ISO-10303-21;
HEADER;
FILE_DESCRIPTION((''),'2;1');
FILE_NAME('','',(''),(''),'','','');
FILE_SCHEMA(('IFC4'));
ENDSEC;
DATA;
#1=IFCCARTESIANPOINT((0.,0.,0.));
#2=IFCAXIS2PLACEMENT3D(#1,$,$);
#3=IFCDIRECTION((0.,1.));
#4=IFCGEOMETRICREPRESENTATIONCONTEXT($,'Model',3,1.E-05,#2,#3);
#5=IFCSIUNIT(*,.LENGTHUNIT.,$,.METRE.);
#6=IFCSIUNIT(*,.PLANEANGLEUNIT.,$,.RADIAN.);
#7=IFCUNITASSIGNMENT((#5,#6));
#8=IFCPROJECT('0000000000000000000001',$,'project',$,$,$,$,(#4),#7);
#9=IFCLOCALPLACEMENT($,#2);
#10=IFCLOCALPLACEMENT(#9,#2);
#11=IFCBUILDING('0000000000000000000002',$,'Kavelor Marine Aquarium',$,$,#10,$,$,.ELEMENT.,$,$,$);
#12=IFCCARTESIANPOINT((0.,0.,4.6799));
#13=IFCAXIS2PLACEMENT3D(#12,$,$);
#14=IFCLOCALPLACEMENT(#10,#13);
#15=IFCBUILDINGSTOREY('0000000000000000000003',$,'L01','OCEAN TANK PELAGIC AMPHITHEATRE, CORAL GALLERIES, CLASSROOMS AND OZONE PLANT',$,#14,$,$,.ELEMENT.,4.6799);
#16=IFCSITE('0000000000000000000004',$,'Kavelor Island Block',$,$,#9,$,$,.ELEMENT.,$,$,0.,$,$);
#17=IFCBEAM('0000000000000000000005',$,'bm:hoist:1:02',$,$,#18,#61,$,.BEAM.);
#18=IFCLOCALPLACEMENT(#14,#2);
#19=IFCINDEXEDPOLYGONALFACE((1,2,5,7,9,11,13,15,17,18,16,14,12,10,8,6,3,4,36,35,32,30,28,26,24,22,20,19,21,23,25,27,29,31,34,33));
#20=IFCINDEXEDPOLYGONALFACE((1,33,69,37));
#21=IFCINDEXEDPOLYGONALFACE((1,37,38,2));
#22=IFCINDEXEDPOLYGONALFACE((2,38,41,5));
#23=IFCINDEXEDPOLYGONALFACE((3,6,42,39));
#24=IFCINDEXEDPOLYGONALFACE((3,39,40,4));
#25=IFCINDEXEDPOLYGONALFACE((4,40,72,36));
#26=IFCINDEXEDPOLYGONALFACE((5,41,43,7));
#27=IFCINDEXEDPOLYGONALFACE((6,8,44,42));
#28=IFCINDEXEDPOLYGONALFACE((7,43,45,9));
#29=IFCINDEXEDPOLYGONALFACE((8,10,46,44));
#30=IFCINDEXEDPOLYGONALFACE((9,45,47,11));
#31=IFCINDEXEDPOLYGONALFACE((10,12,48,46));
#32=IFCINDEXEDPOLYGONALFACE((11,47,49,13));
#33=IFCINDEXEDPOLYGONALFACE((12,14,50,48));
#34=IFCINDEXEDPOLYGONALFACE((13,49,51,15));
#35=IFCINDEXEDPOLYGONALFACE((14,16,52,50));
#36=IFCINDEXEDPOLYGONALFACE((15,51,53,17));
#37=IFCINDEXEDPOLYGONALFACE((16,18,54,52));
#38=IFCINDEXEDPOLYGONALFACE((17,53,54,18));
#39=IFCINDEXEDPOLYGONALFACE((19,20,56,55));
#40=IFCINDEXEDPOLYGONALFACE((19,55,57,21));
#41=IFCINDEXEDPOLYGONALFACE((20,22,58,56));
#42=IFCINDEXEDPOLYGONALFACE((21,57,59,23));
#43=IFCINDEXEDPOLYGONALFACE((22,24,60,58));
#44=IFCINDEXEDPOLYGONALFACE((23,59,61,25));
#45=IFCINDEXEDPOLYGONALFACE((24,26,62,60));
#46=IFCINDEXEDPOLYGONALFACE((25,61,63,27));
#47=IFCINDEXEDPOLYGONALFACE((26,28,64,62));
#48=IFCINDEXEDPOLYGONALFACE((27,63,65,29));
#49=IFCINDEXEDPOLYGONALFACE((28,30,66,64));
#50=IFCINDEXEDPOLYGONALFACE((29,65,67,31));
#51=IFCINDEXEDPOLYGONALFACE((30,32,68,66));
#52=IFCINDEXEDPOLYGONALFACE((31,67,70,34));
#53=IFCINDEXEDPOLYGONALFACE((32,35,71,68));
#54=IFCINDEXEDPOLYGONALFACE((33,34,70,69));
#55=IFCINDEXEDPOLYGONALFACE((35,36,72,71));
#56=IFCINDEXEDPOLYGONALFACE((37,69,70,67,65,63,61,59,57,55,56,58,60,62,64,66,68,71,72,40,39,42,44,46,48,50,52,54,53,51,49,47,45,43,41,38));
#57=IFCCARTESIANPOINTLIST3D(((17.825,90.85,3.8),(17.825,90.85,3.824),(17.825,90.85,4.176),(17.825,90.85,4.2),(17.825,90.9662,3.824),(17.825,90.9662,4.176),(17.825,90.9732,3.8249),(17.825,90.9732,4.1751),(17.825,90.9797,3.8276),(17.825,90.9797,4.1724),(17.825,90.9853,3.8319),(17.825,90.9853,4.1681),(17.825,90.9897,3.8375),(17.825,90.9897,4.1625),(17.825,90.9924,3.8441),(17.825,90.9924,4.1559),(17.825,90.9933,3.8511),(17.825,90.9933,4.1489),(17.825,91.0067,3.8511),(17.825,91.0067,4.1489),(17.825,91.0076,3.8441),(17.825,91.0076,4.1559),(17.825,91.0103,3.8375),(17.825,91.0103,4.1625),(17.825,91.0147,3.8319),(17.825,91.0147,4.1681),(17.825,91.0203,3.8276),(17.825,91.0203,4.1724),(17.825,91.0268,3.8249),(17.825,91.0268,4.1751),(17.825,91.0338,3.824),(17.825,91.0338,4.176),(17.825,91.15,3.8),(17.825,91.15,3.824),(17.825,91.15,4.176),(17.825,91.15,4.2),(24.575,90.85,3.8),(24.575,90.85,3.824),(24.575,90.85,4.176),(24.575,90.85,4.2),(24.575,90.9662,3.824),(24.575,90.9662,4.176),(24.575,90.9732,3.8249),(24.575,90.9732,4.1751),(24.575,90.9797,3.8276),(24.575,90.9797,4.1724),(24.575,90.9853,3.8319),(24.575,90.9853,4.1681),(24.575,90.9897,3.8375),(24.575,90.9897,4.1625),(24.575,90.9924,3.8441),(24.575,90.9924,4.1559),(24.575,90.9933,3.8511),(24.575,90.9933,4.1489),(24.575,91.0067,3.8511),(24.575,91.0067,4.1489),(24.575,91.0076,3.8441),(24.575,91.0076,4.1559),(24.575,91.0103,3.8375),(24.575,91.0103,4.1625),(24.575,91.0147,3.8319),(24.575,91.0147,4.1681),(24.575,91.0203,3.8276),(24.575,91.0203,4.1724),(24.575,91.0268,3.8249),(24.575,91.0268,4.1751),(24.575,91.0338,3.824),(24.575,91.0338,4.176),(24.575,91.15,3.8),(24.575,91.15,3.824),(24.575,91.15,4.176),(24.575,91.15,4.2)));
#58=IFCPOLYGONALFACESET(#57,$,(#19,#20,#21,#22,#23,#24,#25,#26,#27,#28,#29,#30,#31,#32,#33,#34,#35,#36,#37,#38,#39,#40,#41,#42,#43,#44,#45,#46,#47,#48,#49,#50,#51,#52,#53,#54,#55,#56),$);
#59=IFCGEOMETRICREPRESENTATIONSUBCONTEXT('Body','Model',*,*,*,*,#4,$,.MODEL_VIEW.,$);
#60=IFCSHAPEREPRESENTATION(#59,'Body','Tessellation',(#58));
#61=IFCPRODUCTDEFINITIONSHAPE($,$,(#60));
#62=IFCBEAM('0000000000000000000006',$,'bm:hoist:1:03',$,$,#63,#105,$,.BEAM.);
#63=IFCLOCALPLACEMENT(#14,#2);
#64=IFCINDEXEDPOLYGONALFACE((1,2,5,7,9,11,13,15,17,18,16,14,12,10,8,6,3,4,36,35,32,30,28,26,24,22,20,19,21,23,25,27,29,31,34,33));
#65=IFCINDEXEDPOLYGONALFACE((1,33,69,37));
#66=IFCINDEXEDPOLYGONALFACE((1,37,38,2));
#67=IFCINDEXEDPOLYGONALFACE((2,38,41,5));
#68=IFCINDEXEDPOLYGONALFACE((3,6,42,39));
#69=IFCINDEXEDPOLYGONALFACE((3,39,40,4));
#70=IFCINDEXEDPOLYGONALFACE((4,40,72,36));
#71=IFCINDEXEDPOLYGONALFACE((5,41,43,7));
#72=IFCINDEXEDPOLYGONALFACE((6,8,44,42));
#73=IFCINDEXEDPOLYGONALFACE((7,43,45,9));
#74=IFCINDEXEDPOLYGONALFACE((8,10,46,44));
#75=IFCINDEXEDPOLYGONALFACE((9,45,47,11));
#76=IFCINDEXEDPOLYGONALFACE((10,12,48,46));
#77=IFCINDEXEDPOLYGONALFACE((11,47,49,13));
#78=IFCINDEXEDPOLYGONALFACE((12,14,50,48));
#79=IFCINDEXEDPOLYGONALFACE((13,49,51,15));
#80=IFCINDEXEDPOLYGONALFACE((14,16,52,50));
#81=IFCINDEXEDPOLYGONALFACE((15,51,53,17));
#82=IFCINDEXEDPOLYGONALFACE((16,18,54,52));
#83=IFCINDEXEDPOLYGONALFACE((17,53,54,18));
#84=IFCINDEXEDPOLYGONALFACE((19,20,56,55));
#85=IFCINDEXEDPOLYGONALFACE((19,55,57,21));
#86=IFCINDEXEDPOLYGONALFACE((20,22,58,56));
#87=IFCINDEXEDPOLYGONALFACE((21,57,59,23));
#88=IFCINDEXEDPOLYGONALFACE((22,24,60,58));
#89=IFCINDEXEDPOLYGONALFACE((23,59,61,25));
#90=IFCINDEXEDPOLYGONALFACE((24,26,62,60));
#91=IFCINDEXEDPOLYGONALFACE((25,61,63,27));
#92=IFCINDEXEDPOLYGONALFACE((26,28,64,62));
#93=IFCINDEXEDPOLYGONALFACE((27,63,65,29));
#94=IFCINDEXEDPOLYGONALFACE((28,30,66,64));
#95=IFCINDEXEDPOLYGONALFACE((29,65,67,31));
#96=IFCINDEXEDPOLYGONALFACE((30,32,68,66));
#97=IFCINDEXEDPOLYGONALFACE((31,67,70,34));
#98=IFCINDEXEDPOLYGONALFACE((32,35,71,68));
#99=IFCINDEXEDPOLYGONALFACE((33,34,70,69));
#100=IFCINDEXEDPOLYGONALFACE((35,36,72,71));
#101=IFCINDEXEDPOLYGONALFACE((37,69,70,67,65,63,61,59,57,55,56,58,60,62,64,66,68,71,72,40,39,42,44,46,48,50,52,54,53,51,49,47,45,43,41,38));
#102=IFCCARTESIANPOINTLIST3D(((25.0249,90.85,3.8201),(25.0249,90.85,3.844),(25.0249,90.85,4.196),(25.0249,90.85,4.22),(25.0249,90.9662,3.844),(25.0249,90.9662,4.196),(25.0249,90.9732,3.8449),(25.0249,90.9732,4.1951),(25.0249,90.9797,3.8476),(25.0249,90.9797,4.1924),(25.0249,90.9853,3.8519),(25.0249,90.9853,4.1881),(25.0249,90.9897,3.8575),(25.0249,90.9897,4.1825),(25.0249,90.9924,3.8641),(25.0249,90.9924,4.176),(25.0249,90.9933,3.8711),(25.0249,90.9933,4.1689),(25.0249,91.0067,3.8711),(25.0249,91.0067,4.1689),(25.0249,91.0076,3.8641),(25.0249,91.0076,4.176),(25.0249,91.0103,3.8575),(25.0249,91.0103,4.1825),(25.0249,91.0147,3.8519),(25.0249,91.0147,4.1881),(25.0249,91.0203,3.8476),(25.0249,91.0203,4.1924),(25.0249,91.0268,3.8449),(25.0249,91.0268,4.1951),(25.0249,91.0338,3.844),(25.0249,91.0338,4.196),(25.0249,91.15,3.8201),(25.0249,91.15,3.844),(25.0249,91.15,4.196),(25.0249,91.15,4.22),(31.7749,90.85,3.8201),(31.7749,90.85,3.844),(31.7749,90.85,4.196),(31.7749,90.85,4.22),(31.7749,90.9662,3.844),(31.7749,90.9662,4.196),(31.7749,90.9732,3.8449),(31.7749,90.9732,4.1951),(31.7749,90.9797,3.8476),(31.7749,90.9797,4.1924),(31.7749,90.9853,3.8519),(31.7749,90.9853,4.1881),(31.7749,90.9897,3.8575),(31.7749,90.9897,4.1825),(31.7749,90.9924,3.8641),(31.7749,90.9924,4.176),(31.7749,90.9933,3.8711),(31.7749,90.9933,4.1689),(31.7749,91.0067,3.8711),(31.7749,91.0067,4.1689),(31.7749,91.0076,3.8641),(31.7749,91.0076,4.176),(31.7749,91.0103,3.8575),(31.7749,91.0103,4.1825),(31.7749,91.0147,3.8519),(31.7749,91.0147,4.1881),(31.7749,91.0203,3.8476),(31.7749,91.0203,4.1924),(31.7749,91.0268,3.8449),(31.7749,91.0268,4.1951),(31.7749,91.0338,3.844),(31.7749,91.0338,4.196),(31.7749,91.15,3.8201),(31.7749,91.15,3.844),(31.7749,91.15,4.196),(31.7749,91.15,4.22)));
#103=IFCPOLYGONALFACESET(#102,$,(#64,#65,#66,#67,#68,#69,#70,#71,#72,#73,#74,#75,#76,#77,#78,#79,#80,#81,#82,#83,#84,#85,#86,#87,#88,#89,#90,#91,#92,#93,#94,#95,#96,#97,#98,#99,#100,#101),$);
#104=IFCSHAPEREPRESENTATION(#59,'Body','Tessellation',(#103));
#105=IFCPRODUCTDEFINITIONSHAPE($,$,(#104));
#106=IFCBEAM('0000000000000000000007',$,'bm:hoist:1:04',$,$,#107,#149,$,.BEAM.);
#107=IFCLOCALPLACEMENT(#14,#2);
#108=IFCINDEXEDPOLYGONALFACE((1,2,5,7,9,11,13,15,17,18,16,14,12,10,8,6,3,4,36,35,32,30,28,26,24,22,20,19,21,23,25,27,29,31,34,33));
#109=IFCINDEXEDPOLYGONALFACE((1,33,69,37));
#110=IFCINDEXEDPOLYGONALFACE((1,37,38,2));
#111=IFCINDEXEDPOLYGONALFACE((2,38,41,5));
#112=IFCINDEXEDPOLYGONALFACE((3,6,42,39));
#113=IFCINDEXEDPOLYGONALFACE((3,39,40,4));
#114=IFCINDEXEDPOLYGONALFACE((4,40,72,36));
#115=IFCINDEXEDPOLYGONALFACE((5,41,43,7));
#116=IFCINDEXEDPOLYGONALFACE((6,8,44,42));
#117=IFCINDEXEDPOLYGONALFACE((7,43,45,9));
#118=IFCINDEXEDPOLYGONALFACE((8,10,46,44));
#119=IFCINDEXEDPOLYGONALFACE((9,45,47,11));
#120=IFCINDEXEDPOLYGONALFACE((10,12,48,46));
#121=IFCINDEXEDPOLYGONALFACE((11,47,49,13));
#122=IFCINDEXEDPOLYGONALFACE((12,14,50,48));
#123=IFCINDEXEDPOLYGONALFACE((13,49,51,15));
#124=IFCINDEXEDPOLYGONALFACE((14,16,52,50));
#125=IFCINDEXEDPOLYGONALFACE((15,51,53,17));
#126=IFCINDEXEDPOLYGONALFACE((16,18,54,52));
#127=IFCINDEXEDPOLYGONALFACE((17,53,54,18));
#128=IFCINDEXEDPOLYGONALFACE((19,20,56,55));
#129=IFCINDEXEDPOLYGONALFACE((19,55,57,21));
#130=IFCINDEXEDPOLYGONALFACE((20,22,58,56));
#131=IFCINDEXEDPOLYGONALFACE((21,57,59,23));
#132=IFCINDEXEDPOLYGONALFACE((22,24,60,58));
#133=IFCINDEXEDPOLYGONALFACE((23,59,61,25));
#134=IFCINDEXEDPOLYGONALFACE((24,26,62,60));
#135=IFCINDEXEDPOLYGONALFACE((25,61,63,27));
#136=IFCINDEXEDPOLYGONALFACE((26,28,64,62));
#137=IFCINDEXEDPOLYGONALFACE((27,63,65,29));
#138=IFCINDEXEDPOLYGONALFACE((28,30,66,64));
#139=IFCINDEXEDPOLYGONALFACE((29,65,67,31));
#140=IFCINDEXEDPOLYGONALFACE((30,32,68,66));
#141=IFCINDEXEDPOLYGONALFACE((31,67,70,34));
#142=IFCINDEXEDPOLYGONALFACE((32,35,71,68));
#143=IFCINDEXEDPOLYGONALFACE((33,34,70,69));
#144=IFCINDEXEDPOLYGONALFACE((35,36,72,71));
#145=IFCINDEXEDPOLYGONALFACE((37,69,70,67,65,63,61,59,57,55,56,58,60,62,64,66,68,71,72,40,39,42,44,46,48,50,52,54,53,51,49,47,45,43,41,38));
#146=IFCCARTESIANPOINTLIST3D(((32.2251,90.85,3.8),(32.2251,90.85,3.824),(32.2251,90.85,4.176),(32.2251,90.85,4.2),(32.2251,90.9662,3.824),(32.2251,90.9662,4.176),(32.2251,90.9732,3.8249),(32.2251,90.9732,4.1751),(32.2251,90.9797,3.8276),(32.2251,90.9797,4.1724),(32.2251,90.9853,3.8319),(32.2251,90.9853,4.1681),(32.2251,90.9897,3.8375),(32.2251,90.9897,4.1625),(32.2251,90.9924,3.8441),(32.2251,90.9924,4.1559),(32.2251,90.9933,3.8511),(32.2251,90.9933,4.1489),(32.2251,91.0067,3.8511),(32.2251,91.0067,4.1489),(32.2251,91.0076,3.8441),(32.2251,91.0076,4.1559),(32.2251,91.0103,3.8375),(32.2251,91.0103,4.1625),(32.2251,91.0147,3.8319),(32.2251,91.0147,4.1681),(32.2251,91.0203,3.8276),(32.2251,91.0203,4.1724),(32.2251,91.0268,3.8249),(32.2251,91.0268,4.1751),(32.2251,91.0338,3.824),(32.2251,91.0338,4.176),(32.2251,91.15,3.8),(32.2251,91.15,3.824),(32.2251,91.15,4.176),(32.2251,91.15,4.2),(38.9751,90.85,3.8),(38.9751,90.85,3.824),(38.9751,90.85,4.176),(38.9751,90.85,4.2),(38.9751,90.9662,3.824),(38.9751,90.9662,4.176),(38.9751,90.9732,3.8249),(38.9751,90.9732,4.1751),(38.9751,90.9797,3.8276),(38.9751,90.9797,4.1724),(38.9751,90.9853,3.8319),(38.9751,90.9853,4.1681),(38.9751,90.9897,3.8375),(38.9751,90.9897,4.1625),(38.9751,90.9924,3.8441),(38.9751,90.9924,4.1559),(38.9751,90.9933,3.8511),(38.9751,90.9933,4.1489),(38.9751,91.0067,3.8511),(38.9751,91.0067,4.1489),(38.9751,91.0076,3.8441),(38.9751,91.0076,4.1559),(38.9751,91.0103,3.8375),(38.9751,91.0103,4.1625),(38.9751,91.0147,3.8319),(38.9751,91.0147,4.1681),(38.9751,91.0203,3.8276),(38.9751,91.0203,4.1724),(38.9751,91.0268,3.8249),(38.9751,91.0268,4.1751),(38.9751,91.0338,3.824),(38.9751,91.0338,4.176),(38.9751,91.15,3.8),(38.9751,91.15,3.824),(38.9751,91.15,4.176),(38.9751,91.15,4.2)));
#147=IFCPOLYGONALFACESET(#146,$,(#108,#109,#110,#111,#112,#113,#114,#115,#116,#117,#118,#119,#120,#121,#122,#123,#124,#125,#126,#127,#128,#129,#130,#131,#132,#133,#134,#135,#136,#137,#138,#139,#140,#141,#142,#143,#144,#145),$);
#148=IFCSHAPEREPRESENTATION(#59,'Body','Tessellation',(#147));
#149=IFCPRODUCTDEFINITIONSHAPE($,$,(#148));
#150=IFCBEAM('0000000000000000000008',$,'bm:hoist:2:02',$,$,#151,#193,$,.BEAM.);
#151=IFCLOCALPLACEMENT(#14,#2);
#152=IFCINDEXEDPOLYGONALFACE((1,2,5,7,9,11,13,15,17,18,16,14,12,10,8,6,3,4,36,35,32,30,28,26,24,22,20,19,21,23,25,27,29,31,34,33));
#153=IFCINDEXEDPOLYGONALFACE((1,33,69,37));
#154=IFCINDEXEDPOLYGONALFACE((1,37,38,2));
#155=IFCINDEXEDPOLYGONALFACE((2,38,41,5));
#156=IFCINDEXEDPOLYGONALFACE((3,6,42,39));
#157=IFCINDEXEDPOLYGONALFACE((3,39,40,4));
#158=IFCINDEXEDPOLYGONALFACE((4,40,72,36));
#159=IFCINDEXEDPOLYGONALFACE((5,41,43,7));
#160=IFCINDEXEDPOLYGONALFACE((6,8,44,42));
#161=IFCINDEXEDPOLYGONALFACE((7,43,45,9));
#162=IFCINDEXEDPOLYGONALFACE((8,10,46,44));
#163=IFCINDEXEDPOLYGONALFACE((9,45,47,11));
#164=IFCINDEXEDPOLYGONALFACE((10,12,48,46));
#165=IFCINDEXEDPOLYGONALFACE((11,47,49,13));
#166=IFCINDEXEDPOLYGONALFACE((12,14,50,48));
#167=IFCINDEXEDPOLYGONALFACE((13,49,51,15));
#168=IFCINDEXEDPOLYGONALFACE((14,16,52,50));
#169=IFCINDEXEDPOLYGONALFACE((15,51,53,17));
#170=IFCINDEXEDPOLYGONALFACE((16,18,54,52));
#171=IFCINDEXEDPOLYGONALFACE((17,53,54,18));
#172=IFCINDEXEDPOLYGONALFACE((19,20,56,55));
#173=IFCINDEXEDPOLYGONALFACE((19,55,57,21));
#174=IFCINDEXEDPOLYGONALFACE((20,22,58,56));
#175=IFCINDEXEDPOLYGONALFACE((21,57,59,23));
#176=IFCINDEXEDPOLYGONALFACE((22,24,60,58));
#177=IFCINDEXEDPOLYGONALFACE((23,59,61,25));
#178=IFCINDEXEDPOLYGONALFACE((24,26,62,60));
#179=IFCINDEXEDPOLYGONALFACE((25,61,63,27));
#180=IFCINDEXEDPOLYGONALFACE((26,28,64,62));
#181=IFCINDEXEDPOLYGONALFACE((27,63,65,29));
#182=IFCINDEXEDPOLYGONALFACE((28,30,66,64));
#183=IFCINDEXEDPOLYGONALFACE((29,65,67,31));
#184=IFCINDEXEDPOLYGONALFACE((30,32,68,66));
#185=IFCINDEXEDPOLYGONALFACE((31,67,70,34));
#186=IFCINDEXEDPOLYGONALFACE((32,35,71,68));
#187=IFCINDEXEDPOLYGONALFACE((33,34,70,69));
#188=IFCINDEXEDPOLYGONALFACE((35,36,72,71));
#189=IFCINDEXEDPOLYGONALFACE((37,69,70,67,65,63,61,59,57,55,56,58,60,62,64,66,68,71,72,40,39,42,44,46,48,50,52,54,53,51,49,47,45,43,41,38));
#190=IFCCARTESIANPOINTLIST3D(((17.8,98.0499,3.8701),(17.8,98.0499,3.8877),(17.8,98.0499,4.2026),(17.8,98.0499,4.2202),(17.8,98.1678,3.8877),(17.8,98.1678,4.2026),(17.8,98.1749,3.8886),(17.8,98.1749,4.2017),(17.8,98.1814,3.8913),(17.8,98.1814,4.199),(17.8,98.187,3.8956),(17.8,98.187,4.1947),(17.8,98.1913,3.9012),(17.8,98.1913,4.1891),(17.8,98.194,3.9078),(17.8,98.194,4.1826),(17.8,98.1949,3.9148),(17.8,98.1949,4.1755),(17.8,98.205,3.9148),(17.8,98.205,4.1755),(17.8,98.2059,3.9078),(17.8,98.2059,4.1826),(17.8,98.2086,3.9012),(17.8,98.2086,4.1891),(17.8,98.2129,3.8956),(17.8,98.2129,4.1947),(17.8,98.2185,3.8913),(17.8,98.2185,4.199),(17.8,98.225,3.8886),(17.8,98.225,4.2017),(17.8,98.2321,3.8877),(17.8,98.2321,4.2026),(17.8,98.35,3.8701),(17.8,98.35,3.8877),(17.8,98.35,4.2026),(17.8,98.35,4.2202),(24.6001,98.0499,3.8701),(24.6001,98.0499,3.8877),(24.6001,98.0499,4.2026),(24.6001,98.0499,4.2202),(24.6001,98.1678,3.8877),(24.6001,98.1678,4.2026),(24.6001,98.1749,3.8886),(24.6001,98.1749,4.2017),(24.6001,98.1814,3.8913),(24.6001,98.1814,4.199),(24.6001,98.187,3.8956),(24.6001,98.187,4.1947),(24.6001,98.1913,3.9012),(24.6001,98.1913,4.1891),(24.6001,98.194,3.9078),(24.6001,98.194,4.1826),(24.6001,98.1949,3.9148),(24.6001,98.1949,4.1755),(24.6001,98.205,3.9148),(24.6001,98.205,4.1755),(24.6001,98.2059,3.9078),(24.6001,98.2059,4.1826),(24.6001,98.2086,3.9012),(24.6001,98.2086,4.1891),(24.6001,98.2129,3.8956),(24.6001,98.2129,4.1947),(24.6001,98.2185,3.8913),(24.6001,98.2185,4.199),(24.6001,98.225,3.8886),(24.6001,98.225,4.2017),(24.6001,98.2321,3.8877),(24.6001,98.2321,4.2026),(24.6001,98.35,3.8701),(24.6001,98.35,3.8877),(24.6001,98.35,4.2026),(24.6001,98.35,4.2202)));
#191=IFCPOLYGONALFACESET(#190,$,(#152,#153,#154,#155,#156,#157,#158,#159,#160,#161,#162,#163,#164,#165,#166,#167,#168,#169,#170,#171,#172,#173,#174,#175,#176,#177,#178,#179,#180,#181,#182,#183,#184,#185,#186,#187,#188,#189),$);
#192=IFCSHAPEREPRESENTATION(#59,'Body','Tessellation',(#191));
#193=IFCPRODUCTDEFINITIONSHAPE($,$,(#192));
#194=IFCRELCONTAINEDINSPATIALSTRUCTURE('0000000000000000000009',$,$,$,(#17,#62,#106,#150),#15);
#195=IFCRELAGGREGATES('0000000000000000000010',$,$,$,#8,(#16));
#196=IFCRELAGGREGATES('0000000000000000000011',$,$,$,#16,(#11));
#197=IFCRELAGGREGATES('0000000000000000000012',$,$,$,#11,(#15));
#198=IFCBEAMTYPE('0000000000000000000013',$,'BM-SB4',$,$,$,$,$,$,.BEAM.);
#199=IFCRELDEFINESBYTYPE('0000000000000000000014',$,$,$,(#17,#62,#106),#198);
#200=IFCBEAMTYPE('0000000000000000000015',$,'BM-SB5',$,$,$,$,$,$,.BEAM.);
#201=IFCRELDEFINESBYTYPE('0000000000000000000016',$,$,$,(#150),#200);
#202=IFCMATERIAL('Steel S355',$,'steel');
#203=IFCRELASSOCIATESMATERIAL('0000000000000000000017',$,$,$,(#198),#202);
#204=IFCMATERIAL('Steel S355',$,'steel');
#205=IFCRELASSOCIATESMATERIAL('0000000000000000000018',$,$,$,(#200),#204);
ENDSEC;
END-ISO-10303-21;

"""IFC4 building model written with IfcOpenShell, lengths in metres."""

from ifc_helpers import new_model, si_unit, direction, frame, origin, origin_2d, place, context, subcontext, project, spatial, i_section, extrude, material, material_profile, profile_set, type_object, element, save


model = new_model("IFC4")

# Units and contexts
model_context = context("Model", 3, precision=1e-05, world=origin(), true_north=direction((0.0, 1.0)))
body_context = subcontext(model_context, "Body", "Model", "MODEL_VIEW")
ifc_project = project(units=[si_unit("LENGTHUNIT", "METRE"), si_unit("PLANEANGLEUNIT", "RADIAN")], contexts=[model_context])

# Site, building, storey
site_placement = place(None, origin())
site = spatial("IfcSite", under=ifc_project, at=site_placement, Name="Kavelor Island Block", CompositionType="ELEMENT", RefElevation=0.0)
building_placement = place(site_placement, origin())
building = spatial("IfcBuilding", under=site, at=building_placement, Name="Kavelor Marine Aquarium", CompositionType="ELEMENT")
storey_placement = place(building_placement, frame((0.0, 0.0, 4.6799)))
storey = spatial("IfcBuildingStorey", under=building, at=storey_placement, Name="L01", Description="OCEAN TANK PELAGIC AMPHITHEATRE, CORAL GALLERIES, CLASSROOMS AND OZONE PLANT", CompositionType="ELEMENT", Elevation=4.6799)

# Beams
ifc_material_1 = material(Name="Steel S355", Category="steel")
ifc_material_profile_1 = material_profile(ifc_material_1, i_section(OverallWidth=0.3, OverallDepth=0.3999, WebThickness=0.0134, FlangeThickness=0.0239, FilletRadius=0.0271, at=origin_2d()), Name="HEB 400")
ifc_profile_set_1 = profile_set([ifc_material_profile_1], Name="Steel S355")
beam_type_1 = type_object("IfcBeamType", Name="BM-SB4", PredefinedType="BEAM", material=ifc_profile_set_1)
for number, where, z_axis, x_axis, name in (
    (1, (17.825, 91.0, 4.0), (1.0, 0.0, 0.0), (0.0, 1.0, 0.0), "bm:hoist:1:02"),
    (2, (25.0249, 91.0, 4.02), (1.0, 0.0, 0.0), (0.0, 1.0, 0.0), "bm:hoist:1:03"),
    (3, (32.2251, 91.0, 4.0), (1.0, 0.0, 0.0), (0.0, 1.0, 0.0), "bm:hoist:1:04"),
):
    element("IfcBeam", number, at=place(storey_placement, frame(where, z_axis=z_axis, x_axis=x_axis)), inside=storey, type_object=beam_type_1, Name=name, PredefinedType="BEAM", context=body_context, shape_type="SweptSolid", body=[
        extrude(i_section(OverallWidth=0.3, OverallDepth=0.3999, WebThickness=0.0134, FlangeThickness=0.0239, FilletRadius=0.0271, at=origin_2d()), origin(), (0.0, 0.0, 1.0), 6.75),
    ])
ifc_material_2 = material(Name="Steel S355", Category="steel")
ifc_material_profile_2 = material_profile(ifc_material_2, i_section(OverallWidth=0.3, OverallDepth=0.3501, WebThickness=0.01, FlangeThickness=0.0176, FilletRadius=0.0271, at=origin_2d()), Name="HEA 360")
ifc_profile_set_2 = profile_set([ifc_material_profile_2], Name="Steel S355")
beam_type_2 = type_object("IfcBeamType", Name="BM-SB5", PredefinedType="BEAM", material=ifc_profile_set_2)
for number, where, z_axis, x_axis, name in (
    (4, (17.8, 98.2, 4.0452), (1.0, 0.0, 0.0), (0.0, 1.0, 0.0), "bm:hoist:2:02"),
):
    element("IfcBeam", number, at=place(storey_placement, frame(where, z_axis=z_axis, x_axis=x_axis)), inside=storey, type_object=beam_type_2, Name=name, PredefinedType="BEAM", context=body_context, shape_type="SweptSolid", body=[
        extrude(i_section(OverallWidth=0.3, OverallDepth=0.3501, WebThickness=0.01, FlangeThickness=0.0176, FilletRadius=0.0271, at=origin_2d()), origin(), (0.0, 0.0, 1.0), 6.8),
    ])

save(model, "model.ifc")
